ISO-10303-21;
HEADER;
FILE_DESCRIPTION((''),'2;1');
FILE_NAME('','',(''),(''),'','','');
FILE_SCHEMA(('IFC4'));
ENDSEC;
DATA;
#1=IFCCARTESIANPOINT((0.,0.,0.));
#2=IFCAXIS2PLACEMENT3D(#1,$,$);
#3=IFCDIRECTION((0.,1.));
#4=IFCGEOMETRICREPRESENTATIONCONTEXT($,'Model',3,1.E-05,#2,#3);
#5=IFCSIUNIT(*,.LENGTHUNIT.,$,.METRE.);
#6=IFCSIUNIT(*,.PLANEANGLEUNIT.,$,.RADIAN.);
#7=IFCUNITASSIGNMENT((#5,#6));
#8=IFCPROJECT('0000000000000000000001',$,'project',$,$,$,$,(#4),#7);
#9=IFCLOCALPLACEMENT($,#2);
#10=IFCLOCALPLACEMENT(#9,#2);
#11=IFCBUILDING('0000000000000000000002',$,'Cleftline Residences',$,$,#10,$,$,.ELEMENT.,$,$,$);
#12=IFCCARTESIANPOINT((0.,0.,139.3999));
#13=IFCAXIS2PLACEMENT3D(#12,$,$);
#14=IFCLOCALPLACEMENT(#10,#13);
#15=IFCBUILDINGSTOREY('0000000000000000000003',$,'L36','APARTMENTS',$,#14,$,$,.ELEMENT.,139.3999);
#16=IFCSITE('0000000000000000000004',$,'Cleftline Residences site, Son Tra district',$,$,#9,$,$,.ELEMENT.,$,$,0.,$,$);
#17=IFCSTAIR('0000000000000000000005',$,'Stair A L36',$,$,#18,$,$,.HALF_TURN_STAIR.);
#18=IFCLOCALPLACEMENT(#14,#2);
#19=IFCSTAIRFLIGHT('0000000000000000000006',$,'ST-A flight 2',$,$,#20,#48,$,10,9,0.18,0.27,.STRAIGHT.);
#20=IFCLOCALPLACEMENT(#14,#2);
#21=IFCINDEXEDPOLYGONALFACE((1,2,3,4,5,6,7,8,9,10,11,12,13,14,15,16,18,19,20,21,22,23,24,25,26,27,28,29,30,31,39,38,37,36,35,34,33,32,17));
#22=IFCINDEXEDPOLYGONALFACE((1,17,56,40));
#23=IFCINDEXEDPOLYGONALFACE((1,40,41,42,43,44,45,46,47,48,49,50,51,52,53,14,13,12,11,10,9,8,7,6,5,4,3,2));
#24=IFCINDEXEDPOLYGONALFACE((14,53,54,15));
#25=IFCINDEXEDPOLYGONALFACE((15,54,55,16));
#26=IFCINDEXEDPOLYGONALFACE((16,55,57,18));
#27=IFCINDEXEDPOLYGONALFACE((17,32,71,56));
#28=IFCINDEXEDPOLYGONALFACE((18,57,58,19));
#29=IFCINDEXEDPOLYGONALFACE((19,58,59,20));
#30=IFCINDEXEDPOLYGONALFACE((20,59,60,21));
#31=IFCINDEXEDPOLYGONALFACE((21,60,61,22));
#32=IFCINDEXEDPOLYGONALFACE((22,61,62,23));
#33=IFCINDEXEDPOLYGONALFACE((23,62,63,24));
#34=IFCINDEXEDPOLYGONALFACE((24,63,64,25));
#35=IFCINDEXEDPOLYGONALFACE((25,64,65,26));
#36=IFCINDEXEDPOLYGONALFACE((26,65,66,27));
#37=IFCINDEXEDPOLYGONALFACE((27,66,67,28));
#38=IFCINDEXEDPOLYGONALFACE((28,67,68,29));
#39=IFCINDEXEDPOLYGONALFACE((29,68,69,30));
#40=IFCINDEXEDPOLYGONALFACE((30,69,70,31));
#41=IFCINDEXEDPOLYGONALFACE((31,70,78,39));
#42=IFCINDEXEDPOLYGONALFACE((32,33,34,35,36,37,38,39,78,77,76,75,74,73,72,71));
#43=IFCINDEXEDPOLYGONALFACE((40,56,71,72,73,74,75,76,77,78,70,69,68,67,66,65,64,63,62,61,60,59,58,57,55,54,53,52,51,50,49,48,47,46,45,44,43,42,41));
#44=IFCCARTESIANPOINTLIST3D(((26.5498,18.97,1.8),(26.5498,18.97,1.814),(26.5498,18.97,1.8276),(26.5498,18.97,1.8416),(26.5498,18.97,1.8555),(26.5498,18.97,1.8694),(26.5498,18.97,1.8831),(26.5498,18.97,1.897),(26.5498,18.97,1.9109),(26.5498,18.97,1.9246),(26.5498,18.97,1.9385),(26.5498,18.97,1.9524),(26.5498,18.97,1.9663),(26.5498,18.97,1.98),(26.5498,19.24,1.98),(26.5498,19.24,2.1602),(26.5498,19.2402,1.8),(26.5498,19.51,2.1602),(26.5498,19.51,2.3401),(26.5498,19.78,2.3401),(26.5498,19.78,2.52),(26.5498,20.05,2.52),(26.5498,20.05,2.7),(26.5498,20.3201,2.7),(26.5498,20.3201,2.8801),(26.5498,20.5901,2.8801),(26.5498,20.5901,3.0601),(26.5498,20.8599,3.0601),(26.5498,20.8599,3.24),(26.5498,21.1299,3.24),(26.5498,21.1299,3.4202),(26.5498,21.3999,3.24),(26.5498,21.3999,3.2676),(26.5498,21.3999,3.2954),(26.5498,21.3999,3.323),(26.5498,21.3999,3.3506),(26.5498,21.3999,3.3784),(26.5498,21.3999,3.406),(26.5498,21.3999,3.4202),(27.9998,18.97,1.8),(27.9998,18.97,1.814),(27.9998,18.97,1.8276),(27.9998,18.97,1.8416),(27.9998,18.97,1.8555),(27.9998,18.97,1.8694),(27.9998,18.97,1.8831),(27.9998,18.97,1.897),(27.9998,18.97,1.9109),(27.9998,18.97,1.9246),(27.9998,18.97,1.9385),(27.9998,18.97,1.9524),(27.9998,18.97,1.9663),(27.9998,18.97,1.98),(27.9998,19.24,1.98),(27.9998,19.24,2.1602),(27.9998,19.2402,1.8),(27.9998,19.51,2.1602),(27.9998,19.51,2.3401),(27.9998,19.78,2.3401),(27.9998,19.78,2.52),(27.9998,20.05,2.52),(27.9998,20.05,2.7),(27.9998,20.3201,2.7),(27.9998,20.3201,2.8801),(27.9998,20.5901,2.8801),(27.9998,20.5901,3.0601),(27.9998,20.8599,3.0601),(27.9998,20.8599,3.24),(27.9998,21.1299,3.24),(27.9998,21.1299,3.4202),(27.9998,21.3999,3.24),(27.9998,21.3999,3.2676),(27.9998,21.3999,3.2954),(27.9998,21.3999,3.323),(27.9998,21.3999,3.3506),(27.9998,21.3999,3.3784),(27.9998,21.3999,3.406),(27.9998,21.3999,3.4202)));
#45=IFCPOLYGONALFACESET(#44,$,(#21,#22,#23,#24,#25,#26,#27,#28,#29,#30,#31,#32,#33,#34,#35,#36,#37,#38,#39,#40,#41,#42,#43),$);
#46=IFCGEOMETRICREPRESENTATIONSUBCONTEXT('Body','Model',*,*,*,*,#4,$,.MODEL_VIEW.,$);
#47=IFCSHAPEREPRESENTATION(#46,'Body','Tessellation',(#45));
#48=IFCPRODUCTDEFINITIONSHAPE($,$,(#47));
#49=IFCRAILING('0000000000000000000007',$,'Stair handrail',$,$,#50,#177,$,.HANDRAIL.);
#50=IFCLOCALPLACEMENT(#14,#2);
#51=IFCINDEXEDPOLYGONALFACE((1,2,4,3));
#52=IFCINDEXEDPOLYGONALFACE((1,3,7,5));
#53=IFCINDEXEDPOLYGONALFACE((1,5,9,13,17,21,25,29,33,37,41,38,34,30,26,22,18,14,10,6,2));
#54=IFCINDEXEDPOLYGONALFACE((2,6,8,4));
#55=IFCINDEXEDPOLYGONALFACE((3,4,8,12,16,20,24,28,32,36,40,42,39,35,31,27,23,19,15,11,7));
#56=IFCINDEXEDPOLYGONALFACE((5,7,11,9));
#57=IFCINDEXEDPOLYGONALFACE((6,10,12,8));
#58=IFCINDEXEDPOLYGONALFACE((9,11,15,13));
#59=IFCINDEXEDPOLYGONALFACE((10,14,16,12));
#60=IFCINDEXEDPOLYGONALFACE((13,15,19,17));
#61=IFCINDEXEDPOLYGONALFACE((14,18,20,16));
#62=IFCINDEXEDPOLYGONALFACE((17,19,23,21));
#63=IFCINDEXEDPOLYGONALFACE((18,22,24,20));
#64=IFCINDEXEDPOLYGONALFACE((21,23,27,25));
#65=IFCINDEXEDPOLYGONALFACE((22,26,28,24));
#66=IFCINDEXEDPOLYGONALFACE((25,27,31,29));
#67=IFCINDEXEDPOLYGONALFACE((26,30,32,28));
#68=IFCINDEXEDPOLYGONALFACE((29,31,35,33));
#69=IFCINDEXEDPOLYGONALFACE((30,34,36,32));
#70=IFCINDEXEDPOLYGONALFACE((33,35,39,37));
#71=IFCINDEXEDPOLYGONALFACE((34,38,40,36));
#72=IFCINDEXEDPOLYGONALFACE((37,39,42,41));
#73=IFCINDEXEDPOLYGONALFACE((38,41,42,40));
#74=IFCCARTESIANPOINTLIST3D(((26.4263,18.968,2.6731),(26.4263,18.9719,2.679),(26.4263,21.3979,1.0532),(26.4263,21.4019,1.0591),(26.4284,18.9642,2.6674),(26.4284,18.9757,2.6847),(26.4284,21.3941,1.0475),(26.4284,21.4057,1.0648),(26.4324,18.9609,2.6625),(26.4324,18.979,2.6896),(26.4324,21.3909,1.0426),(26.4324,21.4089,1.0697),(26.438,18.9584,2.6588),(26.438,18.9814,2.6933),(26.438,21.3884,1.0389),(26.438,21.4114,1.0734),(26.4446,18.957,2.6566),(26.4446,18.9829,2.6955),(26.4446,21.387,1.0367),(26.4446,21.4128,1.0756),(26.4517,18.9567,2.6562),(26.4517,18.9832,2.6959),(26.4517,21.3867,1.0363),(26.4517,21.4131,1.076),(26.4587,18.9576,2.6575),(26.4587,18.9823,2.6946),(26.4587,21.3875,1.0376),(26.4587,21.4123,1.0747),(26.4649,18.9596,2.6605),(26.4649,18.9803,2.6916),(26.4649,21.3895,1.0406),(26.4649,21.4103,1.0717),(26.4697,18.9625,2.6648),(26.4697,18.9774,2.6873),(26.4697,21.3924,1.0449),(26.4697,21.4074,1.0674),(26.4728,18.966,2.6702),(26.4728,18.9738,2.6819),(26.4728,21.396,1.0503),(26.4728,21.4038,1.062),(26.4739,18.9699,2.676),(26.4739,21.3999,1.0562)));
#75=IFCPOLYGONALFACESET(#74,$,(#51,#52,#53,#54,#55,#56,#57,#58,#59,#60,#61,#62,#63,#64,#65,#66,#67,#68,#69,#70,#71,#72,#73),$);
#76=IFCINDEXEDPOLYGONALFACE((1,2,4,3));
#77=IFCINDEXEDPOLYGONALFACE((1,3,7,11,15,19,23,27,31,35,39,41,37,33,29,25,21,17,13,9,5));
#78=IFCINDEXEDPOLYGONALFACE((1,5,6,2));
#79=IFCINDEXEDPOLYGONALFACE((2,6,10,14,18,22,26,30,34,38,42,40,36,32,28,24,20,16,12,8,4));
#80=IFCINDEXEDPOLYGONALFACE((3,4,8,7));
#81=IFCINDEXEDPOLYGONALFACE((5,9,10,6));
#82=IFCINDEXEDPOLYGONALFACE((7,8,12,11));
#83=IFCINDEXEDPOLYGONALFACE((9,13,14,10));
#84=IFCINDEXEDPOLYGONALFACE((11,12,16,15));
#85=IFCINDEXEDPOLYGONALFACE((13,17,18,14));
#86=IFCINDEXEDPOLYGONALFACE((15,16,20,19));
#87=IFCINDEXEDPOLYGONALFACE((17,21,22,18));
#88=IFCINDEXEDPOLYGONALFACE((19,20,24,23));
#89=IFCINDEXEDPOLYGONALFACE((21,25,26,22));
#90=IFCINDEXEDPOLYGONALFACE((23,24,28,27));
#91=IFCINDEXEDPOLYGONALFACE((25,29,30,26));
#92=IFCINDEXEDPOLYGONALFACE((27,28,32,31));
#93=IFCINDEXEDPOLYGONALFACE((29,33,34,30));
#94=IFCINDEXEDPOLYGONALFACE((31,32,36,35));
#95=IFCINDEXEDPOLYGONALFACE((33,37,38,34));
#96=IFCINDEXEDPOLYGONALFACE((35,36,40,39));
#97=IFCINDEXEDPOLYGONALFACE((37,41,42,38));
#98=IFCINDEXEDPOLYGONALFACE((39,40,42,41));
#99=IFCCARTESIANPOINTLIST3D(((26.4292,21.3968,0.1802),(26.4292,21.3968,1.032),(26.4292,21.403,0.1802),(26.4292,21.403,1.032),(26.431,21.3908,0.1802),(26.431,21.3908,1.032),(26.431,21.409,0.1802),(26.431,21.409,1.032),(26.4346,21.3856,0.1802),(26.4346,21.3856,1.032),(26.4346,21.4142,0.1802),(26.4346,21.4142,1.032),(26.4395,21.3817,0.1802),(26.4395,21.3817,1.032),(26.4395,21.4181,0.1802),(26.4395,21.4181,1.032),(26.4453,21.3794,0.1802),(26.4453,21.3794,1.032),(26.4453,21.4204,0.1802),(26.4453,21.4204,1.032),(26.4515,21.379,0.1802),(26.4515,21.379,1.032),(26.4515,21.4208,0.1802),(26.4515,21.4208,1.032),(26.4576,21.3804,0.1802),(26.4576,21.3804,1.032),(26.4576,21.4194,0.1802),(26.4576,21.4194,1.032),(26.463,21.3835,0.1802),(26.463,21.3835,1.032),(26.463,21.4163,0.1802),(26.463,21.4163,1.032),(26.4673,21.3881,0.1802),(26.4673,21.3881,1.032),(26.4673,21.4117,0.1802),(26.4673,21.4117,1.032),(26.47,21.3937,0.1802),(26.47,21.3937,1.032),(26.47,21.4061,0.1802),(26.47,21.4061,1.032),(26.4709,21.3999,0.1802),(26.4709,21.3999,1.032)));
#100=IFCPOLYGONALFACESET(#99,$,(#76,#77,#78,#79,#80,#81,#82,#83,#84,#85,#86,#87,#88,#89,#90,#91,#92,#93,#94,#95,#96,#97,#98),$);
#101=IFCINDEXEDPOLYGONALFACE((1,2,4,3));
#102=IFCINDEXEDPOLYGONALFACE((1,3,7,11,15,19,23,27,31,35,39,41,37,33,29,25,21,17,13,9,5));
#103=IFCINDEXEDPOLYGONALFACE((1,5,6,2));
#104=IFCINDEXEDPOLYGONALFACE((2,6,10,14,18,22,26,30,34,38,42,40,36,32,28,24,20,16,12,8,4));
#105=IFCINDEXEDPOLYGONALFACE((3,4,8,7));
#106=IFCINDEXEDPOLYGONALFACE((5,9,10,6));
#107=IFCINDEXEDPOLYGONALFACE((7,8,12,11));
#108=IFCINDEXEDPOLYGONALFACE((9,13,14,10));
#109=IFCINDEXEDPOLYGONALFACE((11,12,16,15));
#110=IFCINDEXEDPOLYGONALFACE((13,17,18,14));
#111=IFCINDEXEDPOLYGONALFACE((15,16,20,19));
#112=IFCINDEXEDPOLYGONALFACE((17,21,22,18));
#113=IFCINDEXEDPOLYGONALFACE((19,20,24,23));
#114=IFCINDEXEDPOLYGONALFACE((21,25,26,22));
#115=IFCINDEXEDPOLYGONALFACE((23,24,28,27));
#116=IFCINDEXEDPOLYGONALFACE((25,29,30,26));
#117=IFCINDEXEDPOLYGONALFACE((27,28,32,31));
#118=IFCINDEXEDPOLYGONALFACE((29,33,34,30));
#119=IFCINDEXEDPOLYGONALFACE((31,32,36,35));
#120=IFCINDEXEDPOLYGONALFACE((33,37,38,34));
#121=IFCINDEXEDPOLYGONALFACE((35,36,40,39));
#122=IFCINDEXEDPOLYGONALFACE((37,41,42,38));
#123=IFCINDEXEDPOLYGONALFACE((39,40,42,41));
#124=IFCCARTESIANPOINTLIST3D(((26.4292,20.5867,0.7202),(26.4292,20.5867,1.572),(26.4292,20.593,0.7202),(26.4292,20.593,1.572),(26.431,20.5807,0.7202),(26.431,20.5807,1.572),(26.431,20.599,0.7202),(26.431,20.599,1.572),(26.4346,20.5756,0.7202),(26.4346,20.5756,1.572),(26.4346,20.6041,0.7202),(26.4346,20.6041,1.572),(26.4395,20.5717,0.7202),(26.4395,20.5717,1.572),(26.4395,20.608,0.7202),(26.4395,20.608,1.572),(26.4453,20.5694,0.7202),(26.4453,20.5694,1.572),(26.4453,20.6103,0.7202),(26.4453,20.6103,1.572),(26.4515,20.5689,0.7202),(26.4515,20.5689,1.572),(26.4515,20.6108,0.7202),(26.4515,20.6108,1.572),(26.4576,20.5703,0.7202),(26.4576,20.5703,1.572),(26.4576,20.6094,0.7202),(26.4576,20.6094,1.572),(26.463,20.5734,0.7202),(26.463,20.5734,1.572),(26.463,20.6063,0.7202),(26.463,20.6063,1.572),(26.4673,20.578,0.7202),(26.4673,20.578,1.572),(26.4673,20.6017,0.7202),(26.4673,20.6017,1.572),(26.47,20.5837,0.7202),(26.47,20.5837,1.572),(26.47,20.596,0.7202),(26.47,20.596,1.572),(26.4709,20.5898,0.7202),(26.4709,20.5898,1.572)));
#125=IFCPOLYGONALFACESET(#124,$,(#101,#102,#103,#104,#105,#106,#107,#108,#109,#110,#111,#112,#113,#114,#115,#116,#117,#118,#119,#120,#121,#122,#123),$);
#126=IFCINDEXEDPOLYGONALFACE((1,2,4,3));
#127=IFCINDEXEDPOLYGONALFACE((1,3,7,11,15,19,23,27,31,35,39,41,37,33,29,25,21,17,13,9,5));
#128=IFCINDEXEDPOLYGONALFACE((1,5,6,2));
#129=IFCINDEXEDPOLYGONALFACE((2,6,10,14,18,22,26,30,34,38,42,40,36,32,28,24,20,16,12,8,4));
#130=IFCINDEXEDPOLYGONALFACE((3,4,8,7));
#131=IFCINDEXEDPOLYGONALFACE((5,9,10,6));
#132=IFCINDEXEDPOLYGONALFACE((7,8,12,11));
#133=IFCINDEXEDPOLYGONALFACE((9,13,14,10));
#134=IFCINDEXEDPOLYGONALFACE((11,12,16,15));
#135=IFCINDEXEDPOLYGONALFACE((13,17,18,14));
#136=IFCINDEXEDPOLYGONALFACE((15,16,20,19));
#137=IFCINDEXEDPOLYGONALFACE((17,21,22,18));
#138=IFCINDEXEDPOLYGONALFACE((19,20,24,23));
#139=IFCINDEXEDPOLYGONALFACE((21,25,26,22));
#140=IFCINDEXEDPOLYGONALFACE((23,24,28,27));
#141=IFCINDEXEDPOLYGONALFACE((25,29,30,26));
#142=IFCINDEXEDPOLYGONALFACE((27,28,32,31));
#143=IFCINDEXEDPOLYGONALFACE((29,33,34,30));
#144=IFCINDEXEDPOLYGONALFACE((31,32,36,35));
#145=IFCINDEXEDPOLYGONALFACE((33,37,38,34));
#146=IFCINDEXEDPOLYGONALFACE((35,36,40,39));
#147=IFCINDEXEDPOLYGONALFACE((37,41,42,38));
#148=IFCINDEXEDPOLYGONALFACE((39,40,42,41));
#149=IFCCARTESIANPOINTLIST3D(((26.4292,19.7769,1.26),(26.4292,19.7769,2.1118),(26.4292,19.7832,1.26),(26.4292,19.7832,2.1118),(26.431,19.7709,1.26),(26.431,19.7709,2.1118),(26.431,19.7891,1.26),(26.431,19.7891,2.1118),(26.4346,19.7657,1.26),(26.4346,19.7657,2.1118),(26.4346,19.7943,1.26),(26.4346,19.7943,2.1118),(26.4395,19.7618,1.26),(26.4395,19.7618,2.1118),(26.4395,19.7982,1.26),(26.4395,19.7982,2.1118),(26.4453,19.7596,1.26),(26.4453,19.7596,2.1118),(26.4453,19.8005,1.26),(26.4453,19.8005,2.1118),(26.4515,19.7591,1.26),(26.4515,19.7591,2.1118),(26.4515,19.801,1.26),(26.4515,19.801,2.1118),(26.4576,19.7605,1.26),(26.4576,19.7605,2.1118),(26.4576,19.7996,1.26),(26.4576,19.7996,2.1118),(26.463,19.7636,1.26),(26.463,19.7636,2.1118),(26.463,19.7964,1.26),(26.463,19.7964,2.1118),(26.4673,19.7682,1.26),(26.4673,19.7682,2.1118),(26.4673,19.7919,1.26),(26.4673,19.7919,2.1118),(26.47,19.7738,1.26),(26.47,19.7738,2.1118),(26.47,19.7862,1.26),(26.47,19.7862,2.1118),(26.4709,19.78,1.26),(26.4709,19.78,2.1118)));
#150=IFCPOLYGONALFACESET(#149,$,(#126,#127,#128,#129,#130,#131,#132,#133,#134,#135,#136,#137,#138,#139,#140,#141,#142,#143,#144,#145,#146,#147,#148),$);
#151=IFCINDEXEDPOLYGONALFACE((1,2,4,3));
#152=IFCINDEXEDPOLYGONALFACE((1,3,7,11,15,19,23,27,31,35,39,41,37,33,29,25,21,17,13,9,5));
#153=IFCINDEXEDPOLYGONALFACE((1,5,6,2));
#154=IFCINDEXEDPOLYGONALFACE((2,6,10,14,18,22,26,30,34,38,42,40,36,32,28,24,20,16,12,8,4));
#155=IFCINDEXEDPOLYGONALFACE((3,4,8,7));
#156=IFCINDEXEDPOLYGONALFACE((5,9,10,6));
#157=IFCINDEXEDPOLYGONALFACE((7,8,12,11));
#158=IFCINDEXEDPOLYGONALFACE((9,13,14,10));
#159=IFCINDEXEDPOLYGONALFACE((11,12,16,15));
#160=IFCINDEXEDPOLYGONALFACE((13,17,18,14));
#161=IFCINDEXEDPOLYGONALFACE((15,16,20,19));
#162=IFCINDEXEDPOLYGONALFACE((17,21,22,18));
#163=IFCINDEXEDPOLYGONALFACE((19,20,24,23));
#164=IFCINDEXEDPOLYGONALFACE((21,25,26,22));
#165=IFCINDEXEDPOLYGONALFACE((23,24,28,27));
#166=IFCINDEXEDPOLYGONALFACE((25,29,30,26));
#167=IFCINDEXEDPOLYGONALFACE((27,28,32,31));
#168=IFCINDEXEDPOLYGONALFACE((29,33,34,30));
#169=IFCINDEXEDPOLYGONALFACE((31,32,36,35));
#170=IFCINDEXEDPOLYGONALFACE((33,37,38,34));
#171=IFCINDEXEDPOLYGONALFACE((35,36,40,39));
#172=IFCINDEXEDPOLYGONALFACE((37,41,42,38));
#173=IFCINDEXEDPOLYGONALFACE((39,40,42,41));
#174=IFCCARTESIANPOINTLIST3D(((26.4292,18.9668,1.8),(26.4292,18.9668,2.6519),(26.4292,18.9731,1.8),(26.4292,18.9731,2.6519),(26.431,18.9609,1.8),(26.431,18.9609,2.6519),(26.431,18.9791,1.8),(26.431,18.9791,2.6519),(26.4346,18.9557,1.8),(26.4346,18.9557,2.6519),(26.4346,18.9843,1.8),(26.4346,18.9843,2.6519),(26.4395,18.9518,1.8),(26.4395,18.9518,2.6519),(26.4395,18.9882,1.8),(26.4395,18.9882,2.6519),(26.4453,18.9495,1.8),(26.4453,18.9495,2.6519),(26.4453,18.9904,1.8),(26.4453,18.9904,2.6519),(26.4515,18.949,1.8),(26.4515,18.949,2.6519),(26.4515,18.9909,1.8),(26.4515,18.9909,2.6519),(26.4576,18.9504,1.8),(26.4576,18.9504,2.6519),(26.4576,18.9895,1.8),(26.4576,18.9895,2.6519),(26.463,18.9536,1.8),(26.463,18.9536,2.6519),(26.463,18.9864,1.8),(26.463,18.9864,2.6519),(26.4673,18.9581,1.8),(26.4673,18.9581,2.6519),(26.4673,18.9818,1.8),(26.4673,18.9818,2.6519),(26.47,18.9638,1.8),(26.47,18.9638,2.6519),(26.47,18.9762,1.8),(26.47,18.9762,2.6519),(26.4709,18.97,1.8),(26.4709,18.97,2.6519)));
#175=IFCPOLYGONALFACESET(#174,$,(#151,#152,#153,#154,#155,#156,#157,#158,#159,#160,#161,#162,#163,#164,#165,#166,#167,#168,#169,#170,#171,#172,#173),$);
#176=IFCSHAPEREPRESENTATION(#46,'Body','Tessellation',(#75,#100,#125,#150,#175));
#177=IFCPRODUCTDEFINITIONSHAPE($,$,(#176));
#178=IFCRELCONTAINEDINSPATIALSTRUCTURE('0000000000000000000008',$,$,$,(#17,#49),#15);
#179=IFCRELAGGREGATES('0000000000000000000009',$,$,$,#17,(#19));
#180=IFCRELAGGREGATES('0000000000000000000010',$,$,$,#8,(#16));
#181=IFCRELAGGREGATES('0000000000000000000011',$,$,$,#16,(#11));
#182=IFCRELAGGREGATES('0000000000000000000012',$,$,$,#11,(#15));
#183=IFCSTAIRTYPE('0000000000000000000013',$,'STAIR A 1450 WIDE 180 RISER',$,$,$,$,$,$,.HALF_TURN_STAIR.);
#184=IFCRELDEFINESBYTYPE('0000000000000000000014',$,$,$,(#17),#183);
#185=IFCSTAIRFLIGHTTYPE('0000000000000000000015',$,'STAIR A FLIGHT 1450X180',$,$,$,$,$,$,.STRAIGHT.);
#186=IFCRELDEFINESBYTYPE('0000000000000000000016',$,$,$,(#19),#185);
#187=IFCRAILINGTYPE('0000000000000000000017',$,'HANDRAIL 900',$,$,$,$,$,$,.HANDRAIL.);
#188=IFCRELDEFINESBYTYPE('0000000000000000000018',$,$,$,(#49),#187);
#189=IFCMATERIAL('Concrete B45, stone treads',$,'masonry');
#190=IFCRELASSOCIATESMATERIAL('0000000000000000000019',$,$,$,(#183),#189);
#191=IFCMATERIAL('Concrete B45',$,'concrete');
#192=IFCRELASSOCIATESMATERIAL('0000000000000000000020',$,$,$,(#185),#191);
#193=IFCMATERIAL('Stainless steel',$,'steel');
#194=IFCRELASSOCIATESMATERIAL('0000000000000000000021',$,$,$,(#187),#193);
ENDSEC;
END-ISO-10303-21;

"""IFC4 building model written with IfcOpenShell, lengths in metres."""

from ifc_helpers import new_model, si_unit, direction, frame, origin, origin_2d, place, context, subcontext, project, spatial, polyline, circle, outline, extrude, material, type_object, element, aggregate, save


model = new_model("IFC4")

# Units and contexts
model_context = context("Model", 3, precision=1e-05, world=origin(), true_north=direction((0.0, 1.0)))
body_context = subcontext(model_context, "Body", "Model", "MODEL_VIEW")
ifc_project = project(units=[si_unit("LENGTHUNIT", "METRE"), si_unit("PLANEANGLEUNIT", "RADIAN")], contexts=[model_context])

# Site, building, storey
site_placement = place(None, origin())
site = spatial("IfcSite", under=ifc_project, at=site_placement, Name="Cleftline Residences site, Son Tra district", CompositionType="ELEMENT", RefElevation=0.0)
building_placement = place(site_placement, origin())
building = spatial("IfcBuilding", under=site, at=building_placement, Name="Cleftline Residences", CompositionType="ELEMENT")
storey_placement = place(building_placement, frame((0.0, 0.0, 139.3999)))
storey = spatial("IfcBuildingStorey", under=building, at=storey_placement, Name="L36", Description="APARTMENTS", CompositionType="ELEMENT", Elevation=139.3999)

# Stair, stair flight
ifc_material_1 = material(Name="Concrete B45, stone treads", Category="masonry")
stair_type = type_object("IfcStairType", Name="STAIR A 1450 WIDE 180 RISER", PredefinedType="HALF_TURN_STAIR", material=ifc_material_1)
stair_placement = place(storey_placement, origin())
stair = element("IfcStair", 1, at=stair_placement, inside=storey, type_object=stair_type, Name="Stair A L36", PredefinedType="HALF_TURN_STAIR")
ifc_material_2 = material(Name="Concrete B45", Category="concrete")
stair_flight_type = type_object("IfcStairFlightType", Name="STAIR A FLIGHT 1450X180", PredefinedType="STRAIGHT", material=ifc_material_2)
stair_flight_1_placement = place(storey_placement, frame((27.2749, 18.97, 1.8), z_axis=(0.0, 0.0, 1.0), x_axis=(0.0, 1.0, 0.0)))
stair_flight_1 = element("IfcStairFlight", 2, at=stair_flight_1_placement, type_object=stair_flight_type, Name="ST-A flight 2", NumberOfRisers=10, NumberOfTreads=9, PredefinedType="STRAIGHT", RiserHeight=0.18, TreadLength=0.27, context=body_context, shape_type="SweptSolid", body=[
    extrude(outline(polyline([(0.0, 0.0), (0.0, 0.0139), (0.0, 0.0276), (0.0, 0.0415), (0.0, 0.0554), (0.0, 0.0693), (0.0, 0.083), (0.0, 0.0969), (0.0, 0.1108), (0.0, 0.1245), (0.0, 0.1384), (0.0, 0.1523), (0.0, 0.1663), (0.0, 0.1799), (0.27, 0.1799), (0.27, 0.3601), (0.54, 0.3601), (0.54, 0.54), (0.8101, 0.54), (0.8101, 0.72), (1.0801, 0.72), (1.0801, 0.8999), (1.3501, 0.8999), (1.3501, 1.0801), (1.6201, 1.0801), (1.6201, 1.26), (1.8899, 1.26), (1.8899, 1.4399), (2.1599, 1.4399), (2.1599, 1.6201), (2.4299, 1.6201), (2.4299, 1.8), (2.4299, 1.7722), (2.4299, 1.7446), (2.4299, 1.7168), (2.4299, 1.6892), (2.4299, 1.6614), (2.4299, 1.6338), (2.4299, 1.606), (2.4299, 1.5784), (2.4299, 1.5505), (2.4299, 1.5229), (2.4299, 1.4954), (2.4299, 1.4675), (2.4299, 1.4399), (0.2703, 0.0), (0.0, 0.0)])), frame((0.0, 0.7251, 0.0), z_axis=(0.0, -1.0, 0.0), x_axis=(1.0, 0.0, 0.0)), (0.0, 0.0, 1.0), 1.45),
])
aggregate(stair, [stair_flight_1])

# Railing
ifc_material_3 = material(Name="Stainless steel", Category="steel")
railing_type = type_object("IfcRailingType", Name="HANDRAIL 900", PredefinedType="HANDRAIL", material=ifc_material_3)
railing_1_placement = place(storey_placement, frame((26.45, 21.3999, 0.1802)))
element("IfcRailing", 3, at=railing_1_placement, inside=storey, type_object=railing_type, Name="Stair handrail", PredefinedType="HANDRAIL", context=body_context, shape_type="SweptSolid", body=[
    extrude(circle(Radius=0.0239, at=origin_2d()), frame((0.0, 0.0, 0.876), z_axis=(0.0, -0.832063, 0.554681), x_axis=(1.0, 0.0, 0.0)), (0.0, 0.0, 1.0), 2.9204),
    extrude(circle(Radius=0.021, at=origin_2d()), origin(), (0.0, 0.0, 1.0), 0.8518),
    extrude(circle(Radius=0.021, at=origin_2d()), frame((0.0, -0.8101, 0.54)), (0.0, 0.0, 1.0), 0.8518),
    extrude(circle(Radius=0.021, at=origin_2d()), frame((0.0, -1.6199, 1.0798)), (0.0, 0.0, 1.0), 0.8518),
    extrude(circle(Radius=0.021, at=origin_2d()), frame((0.0, -2.4299, 1.6199)), (0.0, 0.0, 1.0), 0.8518),
])

save(model, "model.ifc")
